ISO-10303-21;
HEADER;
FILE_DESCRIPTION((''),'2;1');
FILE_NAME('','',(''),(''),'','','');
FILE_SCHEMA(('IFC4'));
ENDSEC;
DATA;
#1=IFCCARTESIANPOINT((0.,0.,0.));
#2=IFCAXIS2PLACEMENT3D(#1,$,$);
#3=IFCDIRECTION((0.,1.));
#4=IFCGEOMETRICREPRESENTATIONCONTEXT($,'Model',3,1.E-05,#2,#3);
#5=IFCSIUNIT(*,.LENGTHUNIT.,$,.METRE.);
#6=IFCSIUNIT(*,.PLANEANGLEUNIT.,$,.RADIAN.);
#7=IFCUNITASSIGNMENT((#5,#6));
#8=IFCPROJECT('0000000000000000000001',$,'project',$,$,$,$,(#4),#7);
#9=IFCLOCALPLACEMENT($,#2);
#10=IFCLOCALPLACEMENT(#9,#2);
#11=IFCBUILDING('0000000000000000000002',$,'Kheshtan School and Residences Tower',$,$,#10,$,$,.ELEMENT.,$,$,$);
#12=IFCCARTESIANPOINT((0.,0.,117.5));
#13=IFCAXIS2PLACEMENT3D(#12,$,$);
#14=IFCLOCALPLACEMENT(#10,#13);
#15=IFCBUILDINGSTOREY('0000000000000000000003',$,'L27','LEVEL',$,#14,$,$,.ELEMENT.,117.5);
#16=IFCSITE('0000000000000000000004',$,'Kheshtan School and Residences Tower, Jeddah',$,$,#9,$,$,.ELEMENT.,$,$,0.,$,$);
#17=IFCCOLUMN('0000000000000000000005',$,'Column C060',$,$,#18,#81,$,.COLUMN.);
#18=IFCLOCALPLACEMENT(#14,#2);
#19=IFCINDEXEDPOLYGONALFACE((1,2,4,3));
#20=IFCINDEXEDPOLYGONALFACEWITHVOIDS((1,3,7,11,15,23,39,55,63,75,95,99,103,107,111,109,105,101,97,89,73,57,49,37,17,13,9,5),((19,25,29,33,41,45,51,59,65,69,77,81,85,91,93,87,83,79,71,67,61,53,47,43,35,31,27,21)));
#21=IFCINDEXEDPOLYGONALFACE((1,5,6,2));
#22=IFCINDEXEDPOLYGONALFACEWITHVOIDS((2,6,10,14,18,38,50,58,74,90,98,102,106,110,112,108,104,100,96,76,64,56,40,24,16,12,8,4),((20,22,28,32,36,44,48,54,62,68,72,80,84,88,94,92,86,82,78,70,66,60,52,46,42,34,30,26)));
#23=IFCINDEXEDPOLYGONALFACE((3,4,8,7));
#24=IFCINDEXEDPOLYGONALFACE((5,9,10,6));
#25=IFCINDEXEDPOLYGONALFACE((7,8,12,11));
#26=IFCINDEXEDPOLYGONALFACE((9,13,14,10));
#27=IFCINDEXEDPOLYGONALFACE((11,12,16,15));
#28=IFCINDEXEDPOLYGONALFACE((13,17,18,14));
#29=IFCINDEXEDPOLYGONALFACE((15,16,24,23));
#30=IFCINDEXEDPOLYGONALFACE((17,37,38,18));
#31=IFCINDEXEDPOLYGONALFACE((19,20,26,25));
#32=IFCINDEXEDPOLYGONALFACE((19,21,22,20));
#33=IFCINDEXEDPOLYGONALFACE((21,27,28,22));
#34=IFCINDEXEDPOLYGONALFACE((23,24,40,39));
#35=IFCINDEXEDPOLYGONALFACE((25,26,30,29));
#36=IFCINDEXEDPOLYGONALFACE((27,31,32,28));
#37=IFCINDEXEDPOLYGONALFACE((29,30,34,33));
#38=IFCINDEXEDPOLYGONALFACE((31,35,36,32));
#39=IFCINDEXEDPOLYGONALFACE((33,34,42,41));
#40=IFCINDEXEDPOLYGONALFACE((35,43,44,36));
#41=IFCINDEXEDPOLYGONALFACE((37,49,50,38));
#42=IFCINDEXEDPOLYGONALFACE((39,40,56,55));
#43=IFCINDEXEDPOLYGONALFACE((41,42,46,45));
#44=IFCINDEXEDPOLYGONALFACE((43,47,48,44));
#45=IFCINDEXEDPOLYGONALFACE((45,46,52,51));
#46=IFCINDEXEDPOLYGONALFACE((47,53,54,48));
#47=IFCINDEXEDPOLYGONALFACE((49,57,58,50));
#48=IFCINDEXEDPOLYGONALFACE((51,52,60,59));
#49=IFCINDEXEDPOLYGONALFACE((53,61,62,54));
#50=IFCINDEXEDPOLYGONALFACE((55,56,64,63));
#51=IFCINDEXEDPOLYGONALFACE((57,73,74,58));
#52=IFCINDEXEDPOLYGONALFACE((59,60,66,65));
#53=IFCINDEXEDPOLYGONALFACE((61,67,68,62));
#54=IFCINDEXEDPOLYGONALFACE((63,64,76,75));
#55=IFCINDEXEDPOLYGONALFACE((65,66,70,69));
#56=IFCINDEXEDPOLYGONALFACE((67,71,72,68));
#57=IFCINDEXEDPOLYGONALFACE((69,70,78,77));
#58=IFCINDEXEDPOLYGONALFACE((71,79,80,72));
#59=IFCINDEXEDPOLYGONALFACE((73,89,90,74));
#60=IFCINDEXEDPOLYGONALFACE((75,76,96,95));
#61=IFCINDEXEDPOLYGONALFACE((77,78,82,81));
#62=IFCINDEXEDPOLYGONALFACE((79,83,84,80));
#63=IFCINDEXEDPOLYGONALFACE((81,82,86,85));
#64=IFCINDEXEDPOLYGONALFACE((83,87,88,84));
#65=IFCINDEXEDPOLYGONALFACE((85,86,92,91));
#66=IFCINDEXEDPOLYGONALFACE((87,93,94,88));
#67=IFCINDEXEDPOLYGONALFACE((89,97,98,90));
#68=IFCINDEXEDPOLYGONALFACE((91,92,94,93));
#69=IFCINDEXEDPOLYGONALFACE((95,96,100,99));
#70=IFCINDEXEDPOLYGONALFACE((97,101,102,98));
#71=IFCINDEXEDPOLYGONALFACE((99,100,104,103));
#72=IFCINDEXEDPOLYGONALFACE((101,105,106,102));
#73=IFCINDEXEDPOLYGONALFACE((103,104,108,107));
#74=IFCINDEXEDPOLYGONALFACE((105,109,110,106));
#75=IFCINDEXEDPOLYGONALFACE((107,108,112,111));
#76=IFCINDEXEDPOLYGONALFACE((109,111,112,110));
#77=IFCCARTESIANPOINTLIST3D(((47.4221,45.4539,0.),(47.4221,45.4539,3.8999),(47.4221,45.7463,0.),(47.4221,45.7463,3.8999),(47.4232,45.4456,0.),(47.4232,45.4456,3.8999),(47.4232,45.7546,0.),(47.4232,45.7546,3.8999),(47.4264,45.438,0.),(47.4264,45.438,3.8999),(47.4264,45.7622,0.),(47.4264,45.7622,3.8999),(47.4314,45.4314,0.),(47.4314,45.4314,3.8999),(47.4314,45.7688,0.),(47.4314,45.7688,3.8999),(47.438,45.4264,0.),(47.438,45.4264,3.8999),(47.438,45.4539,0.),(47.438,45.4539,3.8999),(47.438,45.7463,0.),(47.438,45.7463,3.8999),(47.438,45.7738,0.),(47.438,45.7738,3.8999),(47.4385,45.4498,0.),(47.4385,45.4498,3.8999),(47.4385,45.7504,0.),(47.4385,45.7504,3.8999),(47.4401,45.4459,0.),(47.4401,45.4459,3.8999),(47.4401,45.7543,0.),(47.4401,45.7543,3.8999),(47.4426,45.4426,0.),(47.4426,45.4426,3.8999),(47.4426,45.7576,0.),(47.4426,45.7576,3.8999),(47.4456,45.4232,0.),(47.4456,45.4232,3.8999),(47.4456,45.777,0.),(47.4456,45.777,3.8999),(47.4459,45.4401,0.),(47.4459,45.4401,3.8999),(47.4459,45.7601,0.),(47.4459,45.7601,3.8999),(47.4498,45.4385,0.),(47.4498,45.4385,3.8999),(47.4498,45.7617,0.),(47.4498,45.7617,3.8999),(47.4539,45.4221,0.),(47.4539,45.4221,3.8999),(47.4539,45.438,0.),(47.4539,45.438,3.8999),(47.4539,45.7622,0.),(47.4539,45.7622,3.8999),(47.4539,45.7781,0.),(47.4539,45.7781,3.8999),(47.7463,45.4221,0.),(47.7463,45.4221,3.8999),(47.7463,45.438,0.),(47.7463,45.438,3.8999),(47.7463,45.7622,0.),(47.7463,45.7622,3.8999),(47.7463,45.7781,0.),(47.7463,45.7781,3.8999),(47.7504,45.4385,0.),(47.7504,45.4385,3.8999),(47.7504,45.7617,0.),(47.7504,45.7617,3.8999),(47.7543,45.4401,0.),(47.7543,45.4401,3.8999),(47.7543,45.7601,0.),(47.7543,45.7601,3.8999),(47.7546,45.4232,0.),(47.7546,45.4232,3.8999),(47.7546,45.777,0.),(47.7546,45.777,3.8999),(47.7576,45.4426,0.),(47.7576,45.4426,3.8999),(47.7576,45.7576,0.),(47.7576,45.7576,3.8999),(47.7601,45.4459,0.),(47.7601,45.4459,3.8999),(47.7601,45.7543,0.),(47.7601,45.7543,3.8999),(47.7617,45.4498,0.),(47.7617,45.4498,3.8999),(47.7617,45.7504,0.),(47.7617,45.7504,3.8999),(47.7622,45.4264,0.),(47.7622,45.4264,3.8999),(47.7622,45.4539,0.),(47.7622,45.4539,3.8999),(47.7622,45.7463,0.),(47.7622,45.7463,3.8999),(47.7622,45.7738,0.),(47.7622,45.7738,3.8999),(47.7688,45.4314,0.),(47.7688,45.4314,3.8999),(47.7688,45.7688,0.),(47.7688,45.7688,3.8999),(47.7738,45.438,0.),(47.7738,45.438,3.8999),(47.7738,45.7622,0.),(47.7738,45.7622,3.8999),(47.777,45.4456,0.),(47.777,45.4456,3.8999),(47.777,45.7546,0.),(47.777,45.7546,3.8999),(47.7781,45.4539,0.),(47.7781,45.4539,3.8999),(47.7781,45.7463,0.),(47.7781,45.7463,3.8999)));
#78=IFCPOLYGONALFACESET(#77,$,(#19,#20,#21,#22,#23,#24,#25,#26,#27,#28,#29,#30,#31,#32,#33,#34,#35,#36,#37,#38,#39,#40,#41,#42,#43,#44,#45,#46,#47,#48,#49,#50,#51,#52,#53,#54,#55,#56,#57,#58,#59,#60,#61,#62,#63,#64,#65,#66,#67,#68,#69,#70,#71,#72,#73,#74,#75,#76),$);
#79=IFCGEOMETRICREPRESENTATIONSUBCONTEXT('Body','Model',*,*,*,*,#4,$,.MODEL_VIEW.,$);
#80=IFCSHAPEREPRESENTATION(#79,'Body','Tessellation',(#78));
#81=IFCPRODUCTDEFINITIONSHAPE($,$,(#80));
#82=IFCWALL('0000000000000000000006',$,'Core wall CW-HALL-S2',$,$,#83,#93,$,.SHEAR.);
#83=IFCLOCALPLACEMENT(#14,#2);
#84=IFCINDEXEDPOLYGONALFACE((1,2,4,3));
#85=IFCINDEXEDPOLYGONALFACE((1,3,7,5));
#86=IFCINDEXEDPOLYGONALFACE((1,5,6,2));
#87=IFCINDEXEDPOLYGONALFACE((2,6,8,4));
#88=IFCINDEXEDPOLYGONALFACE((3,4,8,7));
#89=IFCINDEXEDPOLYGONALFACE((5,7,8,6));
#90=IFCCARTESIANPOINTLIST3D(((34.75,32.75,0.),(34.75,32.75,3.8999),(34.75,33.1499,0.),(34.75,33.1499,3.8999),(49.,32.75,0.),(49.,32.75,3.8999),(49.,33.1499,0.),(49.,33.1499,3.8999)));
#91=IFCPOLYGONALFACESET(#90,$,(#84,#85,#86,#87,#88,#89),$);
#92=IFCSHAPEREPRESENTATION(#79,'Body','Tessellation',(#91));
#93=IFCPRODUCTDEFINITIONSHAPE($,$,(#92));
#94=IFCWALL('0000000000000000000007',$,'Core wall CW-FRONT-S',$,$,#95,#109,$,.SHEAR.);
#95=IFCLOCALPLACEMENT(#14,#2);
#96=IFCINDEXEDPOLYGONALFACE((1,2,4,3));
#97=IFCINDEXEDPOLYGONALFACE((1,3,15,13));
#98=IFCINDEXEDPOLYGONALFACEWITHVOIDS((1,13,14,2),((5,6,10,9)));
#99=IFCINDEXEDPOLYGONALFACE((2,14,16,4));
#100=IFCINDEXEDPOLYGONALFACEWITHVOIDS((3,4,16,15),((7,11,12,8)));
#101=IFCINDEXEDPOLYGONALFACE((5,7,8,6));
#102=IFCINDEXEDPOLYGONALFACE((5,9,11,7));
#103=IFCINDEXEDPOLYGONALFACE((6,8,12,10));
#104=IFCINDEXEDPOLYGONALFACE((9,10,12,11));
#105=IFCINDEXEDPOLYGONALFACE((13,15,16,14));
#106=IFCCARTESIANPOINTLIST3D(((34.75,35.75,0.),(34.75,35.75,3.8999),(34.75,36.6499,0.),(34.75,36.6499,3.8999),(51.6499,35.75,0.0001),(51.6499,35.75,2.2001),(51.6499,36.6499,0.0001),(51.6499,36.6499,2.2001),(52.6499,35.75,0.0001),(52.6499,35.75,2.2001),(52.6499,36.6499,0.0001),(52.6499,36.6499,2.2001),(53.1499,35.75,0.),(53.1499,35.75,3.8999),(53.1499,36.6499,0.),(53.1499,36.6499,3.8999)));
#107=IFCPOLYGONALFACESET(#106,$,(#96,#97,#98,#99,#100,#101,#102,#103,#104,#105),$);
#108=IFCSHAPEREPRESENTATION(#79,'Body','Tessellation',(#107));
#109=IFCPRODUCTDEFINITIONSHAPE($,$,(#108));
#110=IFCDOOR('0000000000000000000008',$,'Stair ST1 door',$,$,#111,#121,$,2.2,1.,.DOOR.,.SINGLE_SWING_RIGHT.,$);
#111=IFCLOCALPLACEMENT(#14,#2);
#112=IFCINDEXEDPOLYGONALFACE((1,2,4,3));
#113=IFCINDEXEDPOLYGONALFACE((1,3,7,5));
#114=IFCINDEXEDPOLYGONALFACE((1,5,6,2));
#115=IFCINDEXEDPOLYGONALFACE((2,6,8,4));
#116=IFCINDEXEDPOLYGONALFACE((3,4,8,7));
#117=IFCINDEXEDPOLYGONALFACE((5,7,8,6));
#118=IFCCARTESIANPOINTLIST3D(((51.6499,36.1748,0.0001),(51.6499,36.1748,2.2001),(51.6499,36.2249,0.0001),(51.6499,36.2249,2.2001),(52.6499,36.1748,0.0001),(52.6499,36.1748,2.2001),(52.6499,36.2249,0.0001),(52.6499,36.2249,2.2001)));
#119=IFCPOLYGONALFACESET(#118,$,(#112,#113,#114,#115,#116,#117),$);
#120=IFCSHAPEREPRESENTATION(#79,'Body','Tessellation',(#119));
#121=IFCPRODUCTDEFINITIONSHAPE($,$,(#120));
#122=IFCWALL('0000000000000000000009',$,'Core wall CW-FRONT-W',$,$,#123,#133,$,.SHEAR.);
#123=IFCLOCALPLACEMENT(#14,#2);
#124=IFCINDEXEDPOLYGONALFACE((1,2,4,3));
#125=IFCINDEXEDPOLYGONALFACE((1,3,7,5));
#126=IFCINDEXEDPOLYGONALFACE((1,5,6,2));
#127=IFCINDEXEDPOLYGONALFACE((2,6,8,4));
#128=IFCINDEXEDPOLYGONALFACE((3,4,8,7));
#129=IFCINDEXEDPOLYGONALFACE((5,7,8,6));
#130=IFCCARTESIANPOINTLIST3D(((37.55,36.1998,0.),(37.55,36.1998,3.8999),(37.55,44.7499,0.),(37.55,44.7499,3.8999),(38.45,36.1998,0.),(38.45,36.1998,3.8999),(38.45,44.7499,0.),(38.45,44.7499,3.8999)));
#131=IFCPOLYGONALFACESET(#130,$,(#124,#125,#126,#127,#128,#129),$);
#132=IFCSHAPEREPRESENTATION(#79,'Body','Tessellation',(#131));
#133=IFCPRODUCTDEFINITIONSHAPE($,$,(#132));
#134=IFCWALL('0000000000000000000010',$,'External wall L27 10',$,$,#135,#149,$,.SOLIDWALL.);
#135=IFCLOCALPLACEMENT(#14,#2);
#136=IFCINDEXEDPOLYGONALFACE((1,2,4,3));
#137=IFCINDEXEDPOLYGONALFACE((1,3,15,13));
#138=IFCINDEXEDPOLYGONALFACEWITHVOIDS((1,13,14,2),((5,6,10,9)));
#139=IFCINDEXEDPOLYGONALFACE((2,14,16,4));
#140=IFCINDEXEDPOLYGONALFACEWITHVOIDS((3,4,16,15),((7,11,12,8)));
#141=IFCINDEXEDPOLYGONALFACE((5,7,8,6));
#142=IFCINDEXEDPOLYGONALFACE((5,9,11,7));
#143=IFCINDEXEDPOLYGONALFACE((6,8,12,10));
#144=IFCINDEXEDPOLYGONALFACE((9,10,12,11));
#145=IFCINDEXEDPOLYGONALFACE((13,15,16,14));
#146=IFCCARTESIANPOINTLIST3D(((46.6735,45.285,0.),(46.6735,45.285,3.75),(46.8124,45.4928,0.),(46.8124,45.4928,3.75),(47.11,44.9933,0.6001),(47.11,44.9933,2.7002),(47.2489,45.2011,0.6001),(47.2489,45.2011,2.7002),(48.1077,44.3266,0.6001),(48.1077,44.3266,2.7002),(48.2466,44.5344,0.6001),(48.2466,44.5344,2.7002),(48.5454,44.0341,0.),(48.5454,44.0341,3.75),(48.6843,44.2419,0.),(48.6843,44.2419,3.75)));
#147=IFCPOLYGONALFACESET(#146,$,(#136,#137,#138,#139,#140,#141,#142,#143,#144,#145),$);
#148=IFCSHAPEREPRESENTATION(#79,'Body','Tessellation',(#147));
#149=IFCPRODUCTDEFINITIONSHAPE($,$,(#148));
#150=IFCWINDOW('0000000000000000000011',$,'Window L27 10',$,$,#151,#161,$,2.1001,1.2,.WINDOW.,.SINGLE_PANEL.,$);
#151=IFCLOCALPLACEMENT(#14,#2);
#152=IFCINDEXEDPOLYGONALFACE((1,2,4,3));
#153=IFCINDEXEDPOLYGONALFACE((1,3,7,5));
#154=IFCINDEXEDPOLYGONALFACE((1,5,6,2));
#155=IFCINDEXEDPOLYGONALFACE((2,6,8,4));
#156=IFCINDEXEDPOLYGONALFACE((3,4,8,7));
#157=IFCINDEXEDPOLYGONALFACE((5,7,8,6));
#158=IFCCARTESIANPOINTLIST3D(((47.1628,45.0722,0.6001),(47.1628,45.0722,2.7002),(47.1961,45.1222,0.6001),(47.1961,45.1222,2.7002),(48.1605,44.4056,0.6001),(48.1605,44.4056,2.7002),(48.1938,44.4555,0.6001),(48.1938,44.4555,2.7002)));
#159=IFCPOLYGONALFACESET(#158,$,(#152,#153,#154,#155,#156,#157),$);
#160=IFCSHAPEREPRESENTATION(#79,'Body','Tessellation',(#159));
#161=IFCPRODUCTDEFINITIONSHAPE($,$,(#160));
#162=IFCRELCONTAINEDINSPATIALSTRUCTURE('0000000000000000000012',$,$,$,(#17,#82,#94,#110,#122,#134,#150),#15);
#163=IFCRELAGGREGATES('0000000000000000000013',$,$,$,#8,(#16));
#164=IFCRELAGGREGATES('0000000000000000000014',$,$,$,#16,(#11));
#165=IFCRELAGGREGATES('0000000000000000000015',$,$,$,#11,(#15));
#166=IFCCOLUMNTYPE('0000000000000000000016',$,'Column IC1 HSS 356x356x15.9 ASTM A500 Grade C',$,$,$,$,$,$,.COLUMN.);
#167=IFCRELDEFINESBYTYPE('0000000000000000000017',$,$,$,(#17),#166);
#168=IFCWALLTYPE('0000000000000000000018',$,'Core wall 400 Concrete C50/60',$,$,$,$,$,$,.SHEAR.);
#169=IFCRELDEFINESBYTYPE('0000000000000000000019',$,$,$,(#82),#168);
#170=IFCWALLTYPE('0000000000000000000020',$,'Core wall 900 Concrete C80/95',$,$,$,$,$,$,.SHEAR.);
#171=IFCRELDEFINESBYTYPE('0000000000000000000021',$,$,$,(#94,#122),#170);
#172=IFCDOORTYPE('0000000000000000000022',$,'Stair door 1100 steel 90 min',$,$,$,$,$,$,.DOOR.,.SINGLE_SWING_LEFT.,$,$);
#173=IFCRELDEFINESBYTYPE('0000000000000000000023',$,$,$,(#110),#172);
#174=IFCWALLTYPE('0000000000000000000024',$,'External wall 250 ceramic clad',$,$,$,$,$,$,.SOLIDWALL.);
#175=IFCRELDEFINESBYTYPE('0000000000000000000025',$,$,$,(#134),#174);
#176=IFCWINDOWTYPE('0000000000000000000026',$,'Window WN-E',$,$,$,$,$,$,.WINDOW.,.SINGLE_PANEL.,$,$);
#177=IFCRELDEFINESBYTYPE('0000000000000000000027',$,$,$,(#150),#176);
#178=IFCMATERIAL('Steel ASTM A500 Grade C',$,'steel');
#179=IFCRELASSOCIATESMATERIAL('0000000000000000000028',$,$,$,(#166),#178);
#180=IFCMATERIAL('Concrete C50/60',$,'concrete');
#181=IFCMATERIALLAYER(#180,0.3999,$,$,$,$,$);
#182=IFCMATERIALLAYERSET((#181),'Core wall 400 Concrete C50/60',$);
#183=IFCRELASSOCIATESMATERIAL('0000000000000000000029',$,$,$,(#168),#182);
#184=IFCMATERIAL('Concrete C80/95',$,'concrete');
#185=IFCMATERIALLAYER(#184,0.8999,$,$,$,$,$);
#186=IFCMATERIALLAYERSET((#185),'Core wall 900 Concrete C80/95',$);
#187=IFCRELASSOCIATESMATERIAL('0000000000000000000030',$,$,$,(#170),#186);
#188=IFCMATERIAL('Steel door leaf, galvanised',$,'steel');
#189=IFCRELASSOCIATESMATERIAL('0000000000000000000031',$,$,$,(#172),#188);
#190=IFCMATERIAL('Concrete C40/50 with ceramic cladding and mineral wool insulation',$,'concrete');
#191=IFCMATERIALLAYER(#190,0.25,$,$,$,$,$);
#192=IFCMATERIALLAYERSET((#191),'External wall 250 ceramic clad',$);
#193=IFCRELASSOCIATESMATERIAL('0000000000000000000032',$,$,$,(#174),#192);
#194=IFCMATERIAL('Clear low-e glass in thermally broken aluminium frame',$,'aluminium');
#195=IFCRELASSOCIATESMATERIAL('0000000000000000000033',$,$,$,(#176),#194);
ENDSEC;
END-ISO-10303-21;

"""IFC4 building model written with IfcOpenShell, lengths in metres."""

from ifc_helpers import new_model, si_unit, direction, frame, frame_2d, origin, origin_2d, place, context, subcontext, project, spatial, rectangle, hollow_rectangle, extrude, source, transform, mapped, material, layer, layer_set, material_profile, profile_set, type_object, element, fill, save


model = new_model("IFC4")

# Units and contexts
model_context = context("Model", 3, precision=1e-05, world=origin(), true_north=direction((0.0, 1.0)))
body_context = subcontext(model_context, "Body", "Model", "MODEL_VIEW")
ifc_project = project(units=[si_unit("LENGTHUNIT", "METRE"), si_unit("PLANEANGLEUNIT", "RADIAN")], contexts=[model_context])

# Site, building, storey
site_placement = place(None, origin())
site = spatial("IfcSite", under=ifc_project, at=site_placement, Name="Kheshtan School and Residences Tower, Jeddah", CompositionType="ELEMENT", RefElevation=0.0)
building_placement = place(site_placement, origin())
building = spatial("IfcBuilding", under=site, at=building_placement, Name="Kheshtan School and Residences Tower", CompositionType="ELEMENT")
storey_placement = place(building_placement, frame((0.0, 0.0, 117.5)))
storey = spatial("IfcBuildingStorey", under=building, at=storey_placement, Name="L27", Description="LEVEL", CompositionType="ELEMENT", Elevation=117.5)

# Column
ifc_material_1 = material(Name="Steel ASTM A500 Grade C", Category="steel")
ifc_material_profile = material_profile(ifc_material_1, hollow_rectangle(XDim=0.356, YDim=0.356, WallThickness=0.0159, InnerFilletRadius=0.0159, OuterFilletRadius=0.0317, at=origin_2d()), Name="HSS 356x356x15.9")
ifc_profile_set = profile_set([ifc_material_profile], Name="Steel ASTM A500 Grade C")
column_type = type_object("IfcColumnType", Name="Column IC1 HSS 356x356x15.9 ASTM A500 Grade C", PredefinedType="COLUMN", material=ifc_profile_set)
column_placement = place(storey_placement, frame((47.6001, 45.6001, 0.0), z_axis=(0.0, 0.0, 1.0), x_axis=(1.0, 0.0, 0.0)))
element("IfcColumn", 1, at=column_placement, inside=storey, type_object=column_type, Name="Column C060", PredefinedType="COLUMN", context=body_context, shape_type="SweptSolid", body=[
    extrude(hollow_rectangle(XDim=0.356, YDim=0.356, WallThickness=0.0159, InnerFilletRadius=0.0159, OuterFilletRadius=0.0317, at=origin_2d()), origin(), (0.0, 0.0, 1.0), 3.8999),
])

# Wall
ifc_material_2 = material(Name="Concrete C50/60", Category="concrete")
ifc_layer_1 = layer(ifc_material_2, 0.3999)
ifc_layer_set_1 = layer_set([ifc_layer_1], Name="Core wall 400 Concrete C50/60")
wall_type_1 = type_object("IfcWallType", Name="Core wall 400 Concrete C50/60", PredefinedType="SHEAR", material=ifc_layer_set_1)
wall_1_placement = place(storey_placement, frame((34.75, 32.95, 0.0), z_axis=(0.0, 0.0, 1.0), x_axis=(1.0, 0.0, 0.0)))
element("IfcWall", 2, at=wall_1_placement, inside=storey, type_object=wall_type_1, Name="Core wall CW-HALL-S2", PredefinedType="SHEAR", context=body_context, shape_type="SweptSolid", body=[
    extrude(rectangle(XDim=14.25, YDim=0.3999, at=frame_2d((7.125, 0.0))), origin(), (0.0, 0.0, 1.0), 3.8999),
])

# Wall, opening, door
ifc_material_3 = material(Name="Concrete C80/95", Category="concrete")
ifc_layer_2 = layer(ifc_material_3, 0.8999)
ifc_layer_set_2 = layer_set([ifc_layer_2], Name="Core wall 900 Concrete C80/95")
wall_type_2 = type_object("IfcWallType", Name="Core wall 900 Concrete C80/95", PredefinedType="SHEAR", material=ifc_layer_set_2)
wall_2_placement = place(storey_placement, frame((34.75, 36.2, 0.0), z_axis=(0.0, 0.0, 1.0), x_axis=(1.0, 0.0, 0.0)))
wall_2 = element("IfcWall", 3, at=wall_2_placement, inside=storey, type_object=wall_type_2, Name="Core wall CW-FRONT-S", PredefinedType="SHEAR", context=body_context, shape_type="SweptSolid", body=[
    extrude(rectangle(XDim=18.3999, YDim=0.8999, at=frame_2d((9.2, 0.0))), origin(), (0.0, 0.0, 1.0), 3.8999),
])
opening_1_placement = place(wall_2_placement, frame((16.8999, 0.0, 0.0)))
opening_1 = element("IfcOpeningElement", 4, at=opening_1_placement, cuts=wall_2, PredefinedType="OPENING", context=body_context, shape_type="SweptSolid", body=[
    extrude(rectangle(XDim=1.0, YDim=2.2, at=frame_2d((0.5, 1.1001))), frame((0.0, 0.46, 0.0), z_axis=(0.0, -1.0, 0.0), x_axis=(1.0, 0.0, 0.0)), (0.0, 0.0, 1.0), 0.9199),
])
ifc_material_4 = material(Name="Steel door leaf, galvanised", Category="steel")
door_type_1 = type_object("IfcDoorType", Name="Stair door 1100 steel 90 min", OperationType="SINGLE_SWING_LEFT", PredefinedType="DOOR", material=ifc_material_4)
shared_shape_1 = source(origin(), body_context, "Body", "SweptSolid", [
    extrude(rectangle(XDim=1.0, YDim=2.2, at=frame_2d((0.5, 1.1001))), frame((0.0, 0.0249, 0.0), z_axis=(0.0, -1.0, 0.0), x_axis=(1.0, 0.0, 0.0)), (0.0, 0.0, 1.0), 0.05),
])
door_1_placement = place(opening_1_placement, origin())
door_1 = element("IfcDoor", 5, at=door_1_placement, inside=storey, type_object=door_type_1, Name="Stair ST1 door", OperationType="SINGLE_SWING_RIGHT", OverallHeight=2.2, OverallWidth=1.0, PredefinedType="DOOR", context=body_context, shape_type="MappedRepresentation", body=[
    mapped(shared_shape_1, transform((0.0, 0.0, 0.0), x_axis=(1.0, 0.0, 0.0), y_axis=(0.0, 1.0, 0.0), z_axis=(0.0, 0.0, 1.0), scale=1.0)),
])
fill(opening_1, door_1)

# Wall
wall_3_placement = place(storey_placement, frame((38.0, 36.2, 0.0), z_axis=(0.0, 0.0, 1.0), x_axis=(0.0, 1.0, 0.0)))
element("IfcWall", 6, at=wall_3_placement, inside=storey, type_object=wall_type_2, Name="Core wall CW-FRONT-W", PredefinedType="SHEAR", context=body_context, shape_type="SweptSolid", body=[
    extrude(rectangle(XDim=8.55, YDim=0.8999, at=frame_2d((4.2749, 0.0))), origin(), (0.0, 0.0, 1.0), 3.8999),
])

# Wall, opening, window
ifc_material_5 = material(Name="Concrete C40/50 with ceramic cladding and mineral wool insulation", Category="concrete")
ifc_layer_3 = layer(ifc_material_5, 0.25)
ifc_layer_set_3 = layer_set([ifc_layer_3], Name="External wall 250 ceramic clad")
wall_type_3 = type_object("IfcWallType", Name="External wall 250 ceramic clad", PredefinedType="SOLIDWALL", material=ifc_layer_set_3)
wall_4_placement = place(storey_placement, frame((46.7429, 45.3889, 0.0), z_axis=(0.0, 0.0, 1.0), x_axis=(0.831449, -0.555601, 0.0)))
wall_4 = element("IfcWall", 7, at=wall_4_placement, inside=storey, type_object=wall_type_3, Name="External wall L27 10", PredefinedType="SOLIDWALL", context=body_context, shape_type="SweptSolid", body=[
    extrude(rectangle(XDim=2.2515, YDim=0.25, at=frame_2d((1.1257, 0.0))), origin(), (0.0, 0.0, 1.0), 3.75),
])
opening_2_placement = place(wall_4_placement, frame((0.5249, 0.0, 0.6001)))
opening_2 = element("IfcOpeningElement", 8, at=opening_2_placement, cuts=wall_4, PredefinedType="OPENING", context=body_context, shape_type="SweptSolid", body=[
    extrude(rectangle(XDim=1.2, YDim=2.1001, at=frame_2d((0.6001, 1.05))), frame((0.0, 0.135, 0.0), z_axis=(0.0, -1.0, 0.0), x_axis=(1.0, 0.0, 0.0)), (0.0, 0.0, 1.0), 0.27),
])
ifc_material_6 = material(Name="Clear low-e glass in thermally broken aluminium frame", Category="aluminium")
window_type = type_object("IfcWindowType", Name="Window WN-E", PartitioningType="SINGLE_PANEL", PredefinedType="WINDOW", material=ifc_material_6)
shared_shape_2 = source(origin(), body_context, "Body", "SweptSolid", [
    extrude(rectangle(XDim=1.2, YDim=2.1001, at=frame_2d((0.6001, 1.05))), frame((0.0, 0.03, 0.0), z_axis=(0.0, -1.0, 0.0), x_axis=(1.0, 0.0, 0.0)), (0.0, 0.0, 1.0), 0.0601),
])
window_placement = place(opening_2_placement, origin())
window = element("IfcWindow", 9, at=window_placement, inside=storey, type_object=window_type, Name="Window L27 10", OverallHeight=2.1001, OverallWidth=1.2, PartitioningType="SINGLE_PANEL", PredefinedType="WINDOW", context=body_context, shape_type="MappedRepresentation", body=[
    mapped(shared_shape_2, transform((0.0, 0.0, 0.0), x_axis=(1.0, 0.0, 0.0), y_axis=(0.0, 1.0, 0.0), z_axis=(0.0, 0.0, 1.0), scale=1.0)),
])
fill(opening_2, window)

save(model, "model.ifc")
